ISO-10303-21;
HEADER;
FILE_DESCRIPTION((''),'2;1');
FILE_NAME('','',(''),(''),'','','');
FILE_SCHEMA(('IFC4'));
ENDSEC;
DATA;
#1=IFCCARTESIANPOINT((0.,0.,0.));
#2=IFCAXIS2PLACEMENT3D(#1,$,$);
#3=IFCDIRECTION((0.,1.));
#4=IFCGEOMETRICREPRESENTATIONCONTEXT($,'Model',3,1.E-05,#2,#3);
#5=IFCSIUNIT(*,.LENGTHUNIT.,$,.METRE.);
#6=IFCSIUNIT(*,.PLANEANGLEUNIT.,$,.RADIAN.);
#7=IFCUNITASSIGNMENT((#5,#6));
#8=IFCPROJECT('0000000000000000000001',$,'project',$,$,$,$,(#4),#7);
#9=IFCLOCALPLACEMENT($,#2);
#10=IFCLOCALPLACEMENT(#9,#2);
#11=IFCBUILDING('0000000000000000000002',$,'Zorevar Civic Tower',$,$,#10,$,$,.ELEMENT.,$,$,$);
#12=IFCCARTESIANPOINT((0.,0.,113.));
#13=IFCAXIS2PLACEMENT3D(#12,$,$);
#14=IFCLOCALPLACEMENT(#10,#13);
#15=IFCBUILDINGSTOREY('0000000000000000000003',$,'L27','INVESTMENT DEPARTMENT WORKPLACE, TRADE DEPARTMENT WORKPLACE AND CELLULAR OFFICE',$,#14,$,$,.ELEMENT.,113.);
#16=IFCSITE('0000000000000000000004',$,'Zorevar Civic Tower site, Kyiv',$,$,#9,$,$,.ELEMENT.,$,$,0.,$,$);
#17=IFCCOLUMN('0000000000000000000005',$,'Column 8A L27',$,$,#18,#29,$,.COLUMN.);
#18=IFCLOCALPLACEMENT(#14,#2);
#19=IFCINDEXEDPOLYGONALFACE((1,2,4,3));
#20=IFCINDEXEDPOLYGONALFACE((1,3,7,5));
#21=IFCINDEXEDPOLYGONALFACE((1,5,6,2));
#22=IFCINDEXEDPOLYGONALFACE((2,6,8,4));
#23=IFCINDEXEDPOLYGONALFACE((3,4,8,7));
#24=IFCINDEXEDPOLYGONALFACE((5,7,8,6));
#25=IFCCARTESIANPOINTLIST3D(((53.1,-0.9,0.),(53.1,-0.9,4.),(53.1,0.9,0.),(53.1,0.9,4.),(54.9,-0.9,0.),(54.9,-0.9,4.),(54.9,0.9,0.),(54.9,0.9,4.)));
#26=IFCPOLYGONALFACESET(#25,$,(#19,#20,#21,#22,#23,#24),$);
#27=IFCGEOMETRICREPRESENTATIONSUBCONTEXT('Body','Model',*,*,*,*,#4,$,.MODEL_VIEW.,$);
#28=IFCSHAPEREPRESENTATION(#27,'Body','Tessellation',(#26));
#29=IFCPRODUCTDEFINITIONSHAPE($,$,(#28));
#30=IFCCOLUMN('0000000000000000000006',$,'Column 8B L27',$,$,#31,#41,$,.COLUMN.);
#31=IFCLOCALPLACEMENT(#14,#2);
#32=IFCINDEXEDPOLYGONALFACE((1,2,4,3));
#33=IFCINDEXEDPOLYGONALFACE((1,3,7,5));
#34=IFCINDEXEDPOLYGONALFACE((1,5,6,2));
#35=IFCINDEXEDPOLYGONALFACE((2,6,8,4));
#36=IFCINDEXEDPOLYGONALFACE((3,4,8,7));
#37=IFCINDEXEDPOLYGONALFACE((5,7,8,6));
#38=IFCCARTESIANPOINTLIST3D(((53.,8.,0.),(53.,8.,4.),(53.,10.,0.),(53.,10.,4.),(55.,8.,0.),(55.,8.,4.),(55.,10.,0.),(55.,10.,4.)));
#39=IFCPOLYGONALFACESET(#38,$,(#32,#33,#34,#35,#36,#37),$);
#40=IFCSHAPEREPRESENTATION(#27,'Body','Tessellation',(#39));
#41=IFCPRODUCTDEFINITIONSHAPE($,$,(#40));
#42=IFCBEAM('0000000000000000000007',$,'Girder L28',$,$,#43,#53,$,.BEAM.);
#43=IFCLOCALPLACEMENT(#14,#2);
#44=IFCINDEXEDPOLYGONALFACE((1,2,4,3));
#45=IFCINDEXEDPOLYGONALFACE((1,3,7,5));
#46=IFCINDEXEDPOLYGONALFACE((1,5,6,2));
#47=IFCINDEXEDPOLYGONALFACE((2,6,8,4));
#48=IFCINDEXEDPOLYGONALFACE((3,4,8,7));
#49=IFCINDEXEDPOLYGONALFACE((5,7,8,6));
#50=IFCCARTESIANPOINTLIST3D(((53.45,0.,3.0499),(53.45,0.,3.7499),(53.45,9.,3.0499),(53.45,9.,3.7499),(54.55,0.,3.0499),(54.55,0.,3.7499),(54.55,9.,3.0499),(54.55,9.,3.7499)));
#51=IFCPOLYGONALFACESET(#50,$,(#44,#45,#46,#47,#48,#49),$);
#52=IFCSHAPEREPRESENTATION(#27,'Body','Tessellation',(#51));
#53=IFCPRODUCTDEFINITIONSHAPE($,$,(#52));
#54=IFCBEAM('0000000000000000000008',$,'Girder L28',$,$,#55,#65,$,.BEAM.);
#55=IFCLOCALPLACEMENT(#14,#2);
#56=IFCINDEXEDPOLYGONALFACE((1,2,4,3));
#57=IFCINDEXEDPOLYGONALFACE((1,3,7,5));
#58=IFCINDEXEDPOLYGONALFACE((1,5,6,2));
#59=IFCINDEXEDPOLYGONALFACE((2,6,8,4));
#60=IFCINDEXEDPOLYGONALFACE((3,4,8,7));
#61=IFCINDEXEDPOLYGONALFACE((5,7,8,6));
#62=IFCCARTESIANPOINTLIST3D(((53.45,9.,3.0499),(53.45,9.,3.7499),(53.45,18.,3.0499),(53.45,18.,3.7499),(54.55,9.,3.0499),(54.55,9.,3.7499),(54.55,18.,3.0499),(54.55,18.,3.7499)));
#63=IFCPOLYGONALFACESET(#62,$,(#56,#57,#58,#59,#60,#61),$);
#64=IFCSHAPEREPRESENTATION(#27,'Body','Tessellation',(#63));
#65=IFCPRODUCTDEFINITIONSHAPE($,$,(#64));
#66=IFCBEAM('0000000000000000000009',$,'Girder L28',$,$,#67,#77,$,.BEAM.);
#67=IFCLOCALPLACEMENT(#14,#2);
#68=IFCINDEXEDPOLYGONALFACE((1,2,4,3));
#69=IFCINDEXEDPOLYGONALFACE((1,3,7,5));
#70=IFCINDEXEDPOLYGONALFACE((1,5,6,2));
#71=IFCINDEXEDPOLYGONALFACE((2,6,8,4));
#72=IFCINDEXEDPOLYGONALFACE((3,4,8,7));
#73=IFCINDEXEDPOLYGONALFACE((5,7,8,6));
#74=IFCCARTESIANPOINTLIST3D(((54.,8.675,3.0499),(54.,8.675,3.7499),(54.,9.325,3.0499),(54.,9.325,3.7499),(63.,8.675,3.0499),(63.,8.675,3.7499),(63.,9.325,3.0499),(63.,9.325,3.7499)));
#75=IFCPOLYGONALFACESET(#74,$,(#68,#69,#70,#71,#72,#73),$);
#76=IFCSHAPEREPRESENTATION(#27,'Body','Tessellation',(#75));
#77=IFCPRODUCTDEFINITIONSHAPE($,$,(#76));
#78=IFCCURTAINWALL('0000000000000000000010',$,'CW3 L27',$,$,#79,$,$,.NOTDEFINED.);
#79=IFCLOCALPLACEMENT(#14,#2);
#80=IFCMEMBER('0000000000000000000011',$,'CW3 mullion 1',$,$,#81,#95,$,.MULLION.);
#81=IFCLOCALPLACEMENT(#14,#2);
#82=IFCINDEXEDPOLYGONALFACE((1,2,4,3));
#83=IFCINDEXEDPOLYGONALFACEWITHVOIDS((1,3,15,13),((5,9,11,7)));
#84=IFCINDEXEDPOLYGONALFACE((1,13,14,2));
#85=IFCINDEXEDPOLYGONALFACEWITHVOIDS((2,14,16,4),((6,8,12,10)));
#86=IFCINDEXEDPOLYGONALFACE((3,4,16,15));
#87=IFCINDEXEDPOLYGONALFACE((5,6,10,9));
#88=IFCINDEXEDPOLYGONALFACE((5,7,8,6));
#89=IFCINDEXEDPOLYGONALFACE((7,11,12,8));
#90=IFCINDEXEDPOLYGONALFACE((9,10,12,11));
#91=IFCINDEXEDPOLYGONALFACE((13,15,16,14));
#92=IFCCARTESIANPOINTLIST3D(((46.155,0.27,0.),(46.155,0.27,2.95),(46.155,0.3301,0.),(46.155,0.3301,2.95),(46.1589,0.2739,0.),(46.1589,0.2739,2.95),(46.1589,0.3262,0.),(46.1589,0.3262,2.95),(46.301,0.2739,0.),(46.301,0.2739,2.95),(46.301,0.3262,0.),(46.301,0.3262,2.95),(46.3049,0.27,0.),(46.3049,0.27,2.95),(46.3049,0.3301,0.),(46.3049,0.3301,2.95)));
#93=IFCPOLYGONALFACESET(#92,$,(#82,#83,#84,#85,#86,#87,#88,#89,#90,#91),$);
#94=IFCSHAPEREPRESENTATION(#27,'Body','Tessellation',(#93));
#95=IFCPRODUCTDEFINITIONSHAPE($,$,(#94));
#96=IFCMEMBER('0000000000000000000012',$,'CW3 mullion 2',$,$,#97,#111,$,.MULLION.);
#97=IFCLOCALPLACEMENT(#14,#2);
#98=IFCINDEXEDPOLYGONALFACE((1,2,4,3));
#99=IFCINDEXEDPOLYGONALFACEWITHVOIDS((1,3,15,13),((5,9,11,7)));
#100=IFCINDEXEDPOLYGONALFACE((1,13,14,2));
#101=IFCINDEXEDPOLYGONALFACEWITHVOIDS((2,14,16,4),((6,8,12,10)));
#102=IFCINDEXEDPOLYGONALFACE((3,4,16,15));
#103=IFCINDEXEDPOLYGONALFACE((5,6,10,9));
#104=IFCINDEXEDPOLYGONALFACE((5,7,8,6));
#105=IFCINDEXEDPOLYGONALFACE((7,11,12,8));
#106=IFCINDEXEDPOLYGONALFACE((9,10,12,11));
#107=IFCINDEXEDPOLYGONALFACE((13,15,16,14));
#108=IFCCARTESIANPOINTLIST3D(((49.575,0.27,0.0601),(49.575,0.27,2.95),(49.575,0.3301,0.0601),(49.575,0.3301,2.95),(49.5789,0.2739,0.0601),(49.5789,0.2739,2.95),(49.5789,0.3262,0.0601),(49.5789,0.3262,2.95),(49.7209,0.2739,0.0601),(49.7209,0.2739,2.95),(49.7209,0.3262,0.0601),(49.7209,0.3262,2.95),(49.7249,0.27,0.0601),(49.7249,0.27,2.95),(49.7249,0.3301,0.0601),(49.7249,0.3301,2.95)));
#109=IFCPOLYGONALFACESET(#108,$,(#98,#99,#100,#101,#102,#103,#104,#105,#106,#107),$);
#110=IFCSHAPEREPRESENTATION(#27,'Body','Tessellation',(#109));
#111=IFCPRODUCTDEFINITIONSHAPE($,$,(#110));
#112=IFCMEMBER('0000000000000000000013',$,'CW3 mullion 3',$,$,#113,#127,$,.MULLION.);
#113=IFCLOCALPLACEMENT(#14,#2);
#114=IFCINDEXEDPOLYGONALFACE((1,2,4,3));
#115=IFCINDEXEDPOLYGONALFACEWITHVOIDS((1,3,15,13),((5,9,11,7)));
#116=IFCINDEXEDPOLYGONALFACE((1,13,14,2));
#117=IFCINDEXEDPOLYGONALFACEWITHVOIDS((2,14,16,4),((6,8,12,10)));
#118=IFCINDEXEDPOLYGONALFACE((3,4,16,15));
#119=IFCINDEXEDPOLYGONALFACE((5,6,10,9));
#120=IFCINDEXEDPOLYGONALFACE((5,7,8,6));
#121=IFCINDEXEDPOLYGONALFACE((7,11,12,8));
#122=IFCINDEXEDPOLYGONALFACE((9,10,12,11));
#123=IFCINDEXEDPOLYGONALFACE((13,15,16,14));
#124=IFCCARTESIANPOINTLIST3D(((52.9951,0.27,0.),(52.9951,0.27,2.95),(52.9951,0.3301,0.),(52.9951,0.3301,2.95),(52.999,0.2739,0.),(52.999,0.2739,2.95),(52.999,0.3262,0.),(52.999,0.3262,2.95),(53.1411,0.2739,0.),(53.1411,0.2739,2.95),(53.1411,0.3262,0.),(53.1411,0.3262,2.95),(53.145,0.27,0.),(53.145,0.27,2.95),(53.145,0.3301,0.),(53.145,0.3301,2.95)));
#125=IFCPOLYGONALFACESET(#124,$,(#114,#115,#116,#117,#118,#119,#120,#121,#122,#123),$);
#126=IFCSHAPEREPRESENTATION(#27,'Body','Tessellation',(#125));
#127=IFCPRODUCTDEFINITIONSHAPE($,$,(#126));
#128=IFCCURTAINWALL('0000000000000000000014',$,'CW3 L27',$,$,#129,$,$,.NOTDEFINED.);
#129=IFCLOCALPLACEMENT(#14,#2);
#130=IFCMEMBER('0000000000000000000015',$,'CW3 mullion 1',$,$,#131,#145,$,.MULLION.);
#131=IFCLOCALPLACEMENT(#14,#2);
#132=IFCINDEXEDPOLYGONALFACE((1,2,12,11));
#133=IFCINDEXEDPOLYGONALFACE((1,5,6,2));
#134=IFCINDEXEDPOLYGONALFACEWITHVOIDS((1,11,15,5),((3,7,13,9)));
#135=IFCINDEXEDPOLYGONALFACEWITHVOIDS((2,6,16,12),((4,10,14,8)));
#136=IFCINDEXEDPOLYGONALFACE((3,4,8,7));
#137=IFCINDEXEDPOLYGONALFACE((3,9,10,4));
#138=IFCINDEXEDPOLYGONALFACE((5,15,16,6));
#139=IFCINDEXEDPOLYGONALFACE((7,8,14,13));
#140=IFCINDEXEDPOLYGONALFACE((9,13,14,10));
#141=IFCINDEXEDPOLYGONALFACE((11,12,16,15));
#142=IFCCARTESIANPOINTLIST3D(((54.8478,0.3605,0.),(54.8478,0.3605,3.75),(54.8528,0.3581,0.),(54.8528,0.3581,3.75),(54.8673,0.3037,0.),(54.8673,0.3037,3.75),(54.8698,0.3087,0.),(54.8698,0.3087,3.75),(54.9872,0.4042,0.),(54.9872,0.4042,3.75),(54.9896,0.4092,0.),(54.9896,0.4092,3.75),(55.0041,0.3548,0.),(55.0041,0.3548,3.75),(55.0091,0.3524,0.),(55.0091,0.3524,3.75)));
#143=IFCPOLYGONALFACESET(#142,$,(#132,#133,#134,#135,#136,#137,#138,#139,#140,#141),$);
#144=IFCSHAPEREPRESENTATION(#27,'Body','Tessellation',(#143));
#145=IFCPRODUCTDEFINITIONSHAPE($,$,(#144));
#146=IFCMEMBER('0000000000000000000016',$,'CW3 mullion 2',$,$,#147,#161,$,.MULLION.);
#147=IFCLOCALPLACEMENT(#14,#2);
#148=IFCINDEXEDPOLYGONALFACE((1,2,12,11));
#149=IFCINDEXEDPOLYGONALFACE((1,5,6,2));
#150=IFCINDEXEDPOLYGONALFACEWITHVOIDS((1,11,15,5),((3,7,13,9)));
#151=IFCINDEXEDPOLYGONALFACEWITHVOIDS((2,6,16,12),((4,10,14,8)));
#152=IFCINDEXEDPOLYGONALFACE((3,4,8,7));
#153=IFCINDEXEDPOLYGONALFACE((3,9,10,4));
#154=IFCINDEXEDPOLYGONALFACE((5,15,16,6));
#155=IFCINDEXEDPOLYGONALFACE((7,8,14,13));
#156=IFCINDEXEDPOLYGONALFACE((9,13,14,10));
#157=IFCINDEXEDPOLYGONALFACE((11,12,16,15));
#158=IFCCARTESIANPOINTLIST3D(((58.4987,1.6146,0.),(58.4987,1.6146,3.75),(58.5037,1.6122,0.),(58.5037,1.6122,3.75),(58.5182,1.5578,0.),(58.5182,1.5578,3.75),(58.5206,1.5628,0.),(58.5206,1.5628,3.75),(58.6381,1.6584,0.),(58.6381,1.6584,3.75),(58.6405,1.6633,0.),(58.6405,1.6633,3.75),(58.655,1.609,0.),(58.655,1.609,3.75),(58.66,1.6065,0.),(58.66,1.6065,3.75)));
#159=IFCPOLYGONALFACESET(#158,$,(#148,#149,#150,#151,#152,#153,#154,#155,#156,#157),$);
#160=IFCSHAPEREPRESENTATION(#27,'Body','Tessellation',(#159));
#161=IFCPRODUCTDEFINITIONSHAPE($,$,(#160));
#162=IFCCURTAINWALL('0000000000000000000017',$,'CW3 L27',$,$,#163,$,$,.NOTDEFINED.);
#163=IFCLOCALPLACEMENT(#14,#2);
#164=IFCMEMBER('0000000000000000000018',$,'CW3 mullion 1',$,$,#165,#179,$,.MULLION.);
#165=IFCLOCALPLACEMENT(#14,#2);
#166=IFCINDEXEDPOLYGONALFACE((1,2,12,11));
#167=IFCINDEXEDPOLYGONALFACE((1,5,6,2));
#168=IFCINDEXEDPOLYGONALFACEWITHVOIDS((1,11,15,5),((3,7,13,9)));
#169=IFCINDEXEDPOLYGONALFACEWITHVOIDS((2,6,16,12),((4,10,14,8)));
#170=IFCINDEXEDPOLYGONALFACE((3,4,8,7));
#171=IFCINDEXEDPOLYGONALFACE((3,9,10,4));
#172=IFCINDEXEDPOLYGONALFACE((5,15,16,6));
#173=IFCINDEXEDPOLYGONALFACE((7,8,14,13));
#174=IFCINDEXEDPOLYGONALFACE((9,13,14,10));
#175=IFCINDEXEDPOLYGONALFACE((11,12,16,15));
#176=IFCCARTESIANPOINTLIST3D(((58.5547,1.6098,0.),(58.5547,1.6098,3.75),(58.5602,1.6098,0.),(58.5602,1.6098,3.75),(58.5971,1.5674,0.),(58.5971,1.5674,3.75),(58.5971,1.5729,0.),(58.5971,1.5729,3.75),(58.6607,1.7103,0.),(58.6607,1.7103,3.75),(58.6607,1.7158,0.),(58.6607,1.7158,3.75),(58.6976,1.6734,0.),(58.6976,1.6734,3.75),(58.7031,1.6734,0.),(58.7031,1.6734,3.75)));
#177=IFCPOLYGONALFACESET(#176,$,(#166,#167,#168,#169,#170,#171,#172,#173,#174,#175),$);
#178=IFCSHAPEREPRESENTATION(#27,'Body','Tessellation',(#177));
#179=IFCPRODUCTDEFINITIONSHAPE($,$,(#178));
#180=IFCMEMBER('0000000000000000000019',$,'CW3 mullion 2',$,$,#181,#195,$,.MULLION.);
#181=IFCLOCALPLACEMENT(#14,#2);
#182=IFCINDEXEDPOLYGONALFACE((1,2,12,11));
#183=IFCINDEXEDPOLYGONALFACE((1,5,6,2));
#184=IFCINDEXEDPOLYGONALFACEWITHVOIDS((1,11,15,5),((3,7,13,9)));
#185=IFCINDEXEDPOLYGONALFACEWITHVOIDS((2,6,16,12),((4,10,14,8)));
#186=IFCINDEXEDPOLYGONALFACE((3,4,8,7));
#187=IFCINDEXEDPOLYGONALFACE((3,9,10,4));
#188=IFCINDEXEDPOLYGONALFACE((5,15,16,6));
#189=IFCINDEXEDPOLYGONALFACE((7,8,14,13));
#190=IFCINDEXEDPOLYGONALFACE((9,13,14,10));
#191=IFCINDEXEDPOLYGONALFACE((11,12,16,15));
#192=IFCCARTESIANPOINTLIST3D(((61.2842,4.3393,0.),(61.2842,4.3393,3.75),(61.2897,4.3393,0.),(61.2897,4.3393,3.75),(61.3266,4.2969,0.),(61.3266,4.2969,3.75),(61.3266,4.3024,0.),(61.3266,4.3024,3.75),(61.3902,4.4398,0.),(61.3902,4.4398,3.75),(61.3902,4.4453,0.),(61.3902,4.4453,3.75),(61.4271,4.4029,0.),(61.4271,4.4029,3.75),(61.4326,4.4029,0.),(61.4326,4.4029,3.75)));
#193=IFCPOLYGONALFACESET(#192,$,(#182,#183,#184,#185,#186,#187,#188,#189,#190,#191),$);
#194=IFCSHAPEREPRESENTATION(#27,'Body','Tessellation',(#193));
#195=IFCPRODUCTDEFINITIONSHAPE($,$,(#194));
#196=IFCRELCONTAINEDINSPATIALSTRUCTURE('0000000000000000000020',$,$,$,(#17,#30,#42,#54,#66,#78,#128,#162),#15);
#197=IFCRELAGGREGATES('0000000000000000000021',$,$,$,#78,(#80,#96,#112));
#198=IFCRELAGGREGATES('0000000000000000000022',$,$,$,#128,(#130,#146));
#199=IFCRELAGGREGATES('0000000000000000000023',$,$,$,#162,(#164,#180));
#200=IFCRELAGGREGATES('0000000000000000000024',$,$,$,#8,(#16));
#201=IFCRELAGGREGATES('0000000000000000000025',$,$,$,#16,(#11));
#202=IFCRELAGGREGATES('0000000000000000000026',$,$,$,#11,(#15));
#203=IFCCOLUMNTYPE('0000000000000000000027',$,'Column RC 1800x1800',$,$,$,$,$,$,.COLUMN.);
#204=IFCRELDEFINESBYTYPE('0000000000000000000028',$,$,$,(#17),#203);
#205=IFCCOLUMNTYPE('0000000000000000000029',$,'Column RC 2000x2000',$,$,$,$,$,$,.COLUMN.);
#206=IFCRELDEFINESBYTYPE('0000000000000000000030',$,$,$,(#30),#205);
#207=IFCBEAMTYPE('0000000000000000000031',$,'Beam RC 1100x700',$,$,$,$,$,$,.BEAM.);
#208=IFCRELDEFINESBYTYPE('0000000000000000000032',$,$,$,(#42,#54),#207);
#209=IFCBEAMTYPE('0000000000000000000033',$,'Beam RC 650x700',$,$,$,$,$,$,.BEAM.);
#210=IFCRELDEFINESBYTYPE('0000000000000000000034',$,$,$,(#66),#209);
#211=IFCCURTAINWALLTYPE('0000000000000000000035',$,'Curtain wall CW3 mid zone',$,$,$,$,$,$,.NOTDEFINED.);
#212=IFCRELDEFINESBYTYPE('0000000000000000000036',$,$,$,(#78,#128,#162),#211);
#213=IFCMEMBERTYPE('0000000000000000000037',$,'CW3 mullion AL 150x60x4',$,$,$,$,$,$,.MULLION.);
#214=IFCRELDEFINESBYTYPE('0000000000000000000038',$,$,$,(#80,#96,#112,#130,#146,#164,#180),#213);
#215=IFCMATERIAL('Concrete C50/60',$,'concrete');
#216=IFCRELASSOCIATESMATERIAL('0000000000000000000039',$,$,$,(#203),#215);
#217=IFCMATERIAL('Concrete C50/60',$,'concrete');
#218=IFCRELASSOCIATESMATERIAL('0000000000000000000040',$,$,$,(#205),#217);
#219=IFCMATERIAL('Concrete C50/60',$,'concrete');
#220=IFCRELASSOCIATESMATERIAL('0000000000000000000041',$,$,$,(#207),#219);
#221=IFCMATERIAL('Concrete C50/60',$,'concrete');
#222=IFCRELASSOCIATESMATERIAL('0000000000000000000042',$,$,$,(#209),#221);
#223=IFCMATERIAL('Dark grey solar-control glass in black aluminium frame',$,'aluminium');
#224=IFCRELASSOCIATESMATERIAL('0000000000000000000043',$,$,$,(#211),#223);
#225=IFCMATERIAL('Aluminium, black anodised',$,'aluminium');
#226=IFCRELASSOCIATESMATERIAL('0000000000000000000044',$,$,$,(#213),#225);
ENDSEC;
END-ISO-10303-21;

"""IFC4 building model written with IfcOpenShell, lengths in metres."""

from ifc_helpers import new_model, si_unit, direction, frame, origin, origin_2d, place, context, subcontext, project, spatial, rectangle, hollow_rectangle, extrude, material, material_profile, profile_set, type_object, element, aggregate, save


model = new_model("IFC4")

# Units and contexts
model_context = context("Model", 3, precision=1e-05, world=origin(), true_north=direction((0.0, 1.0)))
body_context = subcontext(model_context, "Body", "Model", "MODEL_VIEW")
ifc_project = project(units=[si_unit("LENGTHUNIT", "METRE"), si_unit("PLANEANGLEUNIT", "RADIAN")], contexts=[model_context])

# Site, building, storey
site_placement = place(None, origin())
site = spatial("IfcSite", under=ifc_project, at=site_placement, Name="Zorevar Civic Tower site, Kyiv", CompositionType="ELEMENT", RefElevation=0.0)
building_placement = place(site_placement, origin())
building = spatial("IfcBuilding", under=site, at=building_placement, Name="Zorevar Civic Tower", CompositionType="ELEMENT")
storey_placement = place(building_placement, frame((0.0, 0.0, 113.0)))
storey = spatial("IfcBuildingStorey", under=building, at=storey_placement, Name="L27", Description="INVESTMENT DEPARTMENT WORKPLACE, TRADE DEPARTMENT WORKPLACE AND CELLULAR OFFICE", CompositionType="ELEMENT", Elevation=113.0)

# Columns
ifc_material_1 = material(Name="Concrete C50/60", Category="concrete")
ifc_material_profile_1 = material_profile(ifc_material_1, rectangle(XDim=1.8, YDim=1.8, at=origin_2d()), Name="RC 1800x1800")
ifc_profile_set_1 = profile_set([ifc_material_profile_1], Name="Concrete C50/60")
column_type_1 = type_object("IfcColumnType", Name="Column RC 1800x1800", PredefinedType="COLUMN", material=ifc_profile_set_1)
column_1_placement = place(storey_placement, frame((54.0, 0.0, 0.0), z_axis=(0.0, 0.0, 1.0), x_axis=(1.0, 0.0, 0.0)))
element("IfcColumn", 1, at=column_1_placement, inside=storey, type_object=column_type_1, Name="Column 8A L27", PredefinedType="COLUMN", context=body_context, shape_type="SweptSolid", body=[
    extrude(rectangle(XDim=1.8, YDim=1.8, at=origin_2d()), origin(), (0.0, 0.0, 1.0), 4.0),
])
ifc_material_2 = material(Name="Concrete C50/60", Category="concrete")
ifc_material_profile_2 = material_profile(ifc_material_2, rectangle(XDim=2.0, YDim=2.0, at=origin_2d()), Name="RC 2000x2000")
ifc_profile_set_2 = profile_set([ifc_material_profile_2], Name="Concrete C50/60")
column_type_2 = type_object("IfcColumnType", Name="Column RC 2000x2000", PredefinedType="COLUMN", material=ifc_profile_set_2)
column_2_placement = place(storey_placement, frame((54.0, 9.0, 0.0), z_axis=(0.0, 0.0, 1.0), x_axis=(1.0, 0.0, 0.0)))
element("IfcColumn", 2, at=column_2_placement, inside=storey, type_object=column_type_2, Name="Column 8B L27", PredefinedType="COLUMN", context=body_context, shape_type="SweptSolid", body=[
    extrude(rectangle(XDim=2.0, YDim=2.0, at=origin_2d()), origin(), (0.0, 0.0, 1.0), 4.0),
])

# Beams
ifc_material_3 = material(Name="Concrete C50/60", Category="concrete")
ifc_material_profile_3 = material_profile(ifc_material_3, rectangle(XDim=1.1001, YDim=0.7, at=origin_2d()), Name="RC 1100x700")
ifc_profile_set_3 = profile_set([ifc_material_profile_3], Name="Concrete C50/60")
beam_type_1 = type_object("IfcBeamType", Name="Beam RC 1100x700", PredefinedType="BEAM", material=ifc_profile_set_3)
for number, where, z_axis, x_axis, name in (
    (3, (54.0, 0.0, 3.3999), (0.0, 1.0, 0.0), (-1.0, 0.0, 0.0), "Girder L28"),
    (4, (54.0, 9.0, 3.3999), (0.0, 1.0, 0.0), (-1.0, 0.0, 0.0), "Girder L28"),
):
    element("IfcBeam", number, at=place(storey_placement, frame(where, z_axis=z_axis, x_axis=x_axis)), inside=storey, type_object=beam_type_1, Name=name, PredefinedType="BEAM", context=body_context, shape_type="SweptSolid", body=[
        extrude(rectangle(XDim=1.1001, YDim=0.7, at=origin_2d()), origin(), (0.0, 0.0, 1.0), 9.0),
    ])
ifc_material_4 = material(Name="Concrete C50/60", Category="concrete")
ifc_material_profile_4 = material_profile(ifc_material_4, rectangle(XDim=0.6499, YDim=0.7, at=origin_2d()), Name="RC 650x700")
ifc_profile_set_4 = profile_set([ifc_material_profile_4], Name="Concrete C50/60")
beam_type_2 = type_object("IfcBeamType", Name="Beam RC 650x700", PredefinedType="BEAM", material=ifc_profile_set_4)
beam_1_placement = place(storey_placement, frame((54.0, 9.0, 3.3999), z_axis=(1.0, 0.0, 0.0), x_axis=(0.0, 1.0, 0.0)))
element("IfcBeam", 5, at=beam_1_placement, inside=storey, type_object=beam_type_2, Name="Girder L28", PredefinedType="BEAM", context=body_context, shape_type="SweptSolid", body=[
    extrude(rectangle(XDim=0.6499, YDim=0.7, at=origin_2d()), origin(), (0.0, 0.0, 1.0), 9.0),
])

# Curtain walls, members
ifc_material_5 = material(Name="Dark grey solar-control glass in black aluminium frame", Category="aluminium")
curtain_wall_type = type_object("IfcCurtainWallType", Name="Curtain wall CW3 mid zone", PredefinedType="NOTDEFINED", material=ifc_material_5)
curtain_wall_1_placement = place(storey_placement, origin())
curtain_wall_1 = element("IfcCurtainWall", 6, at=curtain_wall_1_placement, inside=storey, type_object=curtain_wall_type, Name="CW3 L27", PredefinedType="NOTDEFINED")
ifc_material_6 = material(Name="Aluminium, black anodised", Category="aluminium")
ifc_material_profile_5 = material_profile(ifc_material_6, hollow_rectangle(XDim=0.0601, YDim=0.1499, WallThickness=0.0039, at=origin_2d()), Name="AL 150x60x4")
ifc_profile_set_5 = profile_set([ifc_material_profile_5], Name="Aluminium, black anodised")
member_type_1 = type_object("IfcMemberType", Name="CW3 mullion AL 150x60x4", PredefinedType="MULLION", material=ifc_profile_set_5)
member_1_placement = place(storey_placement, frame((46.23, 0.3, 0.0), z_axis=(0.0, 0.0, 1.0), x_axis=(0.0, 1.0, 0.0)))
member_1 = element("IfcMember", 7, at=member_1_placement, type_object=member_type_1, Name="CW3 mullion 1", PredefinedType="MULLION", context=body_context, shape_type="SweptSolid", body=[
    extrude(hollow_rectangle(XDim=0.0601, YDim=0.1499, WallThickness=0.0039, at=origin_2d()), origin(), (0.0, 0.0, 1.0), 2.95),
])
member_2_placement = place(storey_placement, frame((49.6499, 0.3, 0.0601), z_axis=(0.0, 0.0, 1.0), x_axis=(0.0, 1.0, 0.0)))
member_2 = element("IfcMember", 8, at=member_2_placement, type_object=member_type_1, Name="CW3 mullion 2", PredefinedType="MULLION", context=body_context, shape_type="SweptSolid", body=[
    extrude(hollow_rectangle(XDim=0.0601, YDim=0.1499, WallThickness=0.0039, at=origin_2d()), origin(), (0.0, 0.0, 1.0), 2.8899),
])
member_3_placement = place(storey_placement, frame((53.0701, 0.3, 0.0), z_axis=(0.0, 0.0, 1.0), x_axis=(0.0, 1.0, 0.0)))
member_3 = element("IfcMember", 9, at=member_3_placement, type_object=member_type_1, Name="CW3 mullion 3", PredefinedType="MULLION", context=body_context, shape_type="SweptSolid", body=[
    extrude(hollow_rectangle(XDim=0.0601, YDim=0.1499, WallThickness=0.0039, at=origin_2d()), origin(), (0.0, 0.0, 1.0), 2.95),
])
curtain_wall_2_placement = place(storey_placement, origin())
curtain_wall_2 = element("IfcCurtainWall", 10, at=curtain_wall_2_placement, inside=storey, type_object=curtain_wall_type, Name="CW3 L27", PredefinedType="NOTDEFINED")
member_4_placement = place(storey_placement, frame((54.9285, 0.3564, 0.0), z_axis=(0.0, 0.0, 1.0), x_axis=(-0.324878, 0.945756, 0.0)))
member_4 = element("IfcMember", 11, at=member_4_placement, type_object=member_type_1, Name="CW3 mullion 1", PredefinedType="MULLION", context=body_context, shape_type="SweptSolid", body=[
    extrude(hollow_rectangle(XDim=0.0601, YDim=0.1499, WallThickness=0.0039, at=origin_2d()), origin(), (0.0, 0.0, 1.0), 3.75),
])
member_5_placement = place(storey_placement, frame((58.5793, 1.6106, 0.0), z_axis=(0.0, 0.0, 1.0), x_axis=(-0.324878, 0.945756, 0.0)))
member_5 = element("IfcMember", 12, at=member_5_placement, type_object=member_type_1, Name="CW3 mullion 2", PredefinedType="MULLION", context=body_context, shape_type="SweptSolid", body=[
    extrude(hollow_rectangle(XDim=0.0601, YDim=0.1499, WallThickness=0.0039, at=origin_2d()), origin(), (0.0, 0.0, 1.0), 3.75),
])
curtain_wall_3_placement = place(storey_placement, origin())
curtain_wall_3 = element("IfcCurtainWall", 13, at=curtain_wall_3_placement, inside=storey, type_object=curtain_wall_type, Name="CW3 L27", PredefinedType="NOTDEFINED")
member_6_placement = place(storey_placement, frame((58.6289, 1.6416, 0.0), z_axis=(0.0, 0.0, 1.0), x_axis=(-0.707107, 0.707107, 0.0)))
member_6 = element("IfcMember", 14, at=member_6_placement, type_object=member_type_1, Name="CW3 mullion 1", PredefinedType="MULLION", context=body_context, shape_type="SweptSolid", body=[
    extrude(hollow_rectangle(XDim=0.0601, YDim=0.1499, WallThickness=0.0039, at=origin_2d()), origin(), (0.0, 0.0, 1.0), 3.75),
])
member_7_placement = place(storey_placement, frame((61.3584, 4.3711, 0.0), z_axis=(0.0, 0.0, 1.0), x_axis=(-0.707107, 0.707107, 0.0)))
member_7 = element("IfcMember", 15, at=member_7_placement, type_object=member_type_1, Name="CW3 mullion 2", PredefinedType="MULLION", context=body_context, shape_type="SweptSolid", body=[
    extrude(hollow_rectangle(XDim=0.0601, YDim=0.1499, WallThickness=0.0039, at=origin_2d()), origin(), (0.0, 0.0, 1.0), 3.75),
])

aggregate(curtain_wall_1, [member_1, member_2, member_3])
aggregate(curtain_wall_2, [member_4, member_5])
aggregate(curtain_wall_3, [member_6, member_7])

save(model, "model.ifc")
